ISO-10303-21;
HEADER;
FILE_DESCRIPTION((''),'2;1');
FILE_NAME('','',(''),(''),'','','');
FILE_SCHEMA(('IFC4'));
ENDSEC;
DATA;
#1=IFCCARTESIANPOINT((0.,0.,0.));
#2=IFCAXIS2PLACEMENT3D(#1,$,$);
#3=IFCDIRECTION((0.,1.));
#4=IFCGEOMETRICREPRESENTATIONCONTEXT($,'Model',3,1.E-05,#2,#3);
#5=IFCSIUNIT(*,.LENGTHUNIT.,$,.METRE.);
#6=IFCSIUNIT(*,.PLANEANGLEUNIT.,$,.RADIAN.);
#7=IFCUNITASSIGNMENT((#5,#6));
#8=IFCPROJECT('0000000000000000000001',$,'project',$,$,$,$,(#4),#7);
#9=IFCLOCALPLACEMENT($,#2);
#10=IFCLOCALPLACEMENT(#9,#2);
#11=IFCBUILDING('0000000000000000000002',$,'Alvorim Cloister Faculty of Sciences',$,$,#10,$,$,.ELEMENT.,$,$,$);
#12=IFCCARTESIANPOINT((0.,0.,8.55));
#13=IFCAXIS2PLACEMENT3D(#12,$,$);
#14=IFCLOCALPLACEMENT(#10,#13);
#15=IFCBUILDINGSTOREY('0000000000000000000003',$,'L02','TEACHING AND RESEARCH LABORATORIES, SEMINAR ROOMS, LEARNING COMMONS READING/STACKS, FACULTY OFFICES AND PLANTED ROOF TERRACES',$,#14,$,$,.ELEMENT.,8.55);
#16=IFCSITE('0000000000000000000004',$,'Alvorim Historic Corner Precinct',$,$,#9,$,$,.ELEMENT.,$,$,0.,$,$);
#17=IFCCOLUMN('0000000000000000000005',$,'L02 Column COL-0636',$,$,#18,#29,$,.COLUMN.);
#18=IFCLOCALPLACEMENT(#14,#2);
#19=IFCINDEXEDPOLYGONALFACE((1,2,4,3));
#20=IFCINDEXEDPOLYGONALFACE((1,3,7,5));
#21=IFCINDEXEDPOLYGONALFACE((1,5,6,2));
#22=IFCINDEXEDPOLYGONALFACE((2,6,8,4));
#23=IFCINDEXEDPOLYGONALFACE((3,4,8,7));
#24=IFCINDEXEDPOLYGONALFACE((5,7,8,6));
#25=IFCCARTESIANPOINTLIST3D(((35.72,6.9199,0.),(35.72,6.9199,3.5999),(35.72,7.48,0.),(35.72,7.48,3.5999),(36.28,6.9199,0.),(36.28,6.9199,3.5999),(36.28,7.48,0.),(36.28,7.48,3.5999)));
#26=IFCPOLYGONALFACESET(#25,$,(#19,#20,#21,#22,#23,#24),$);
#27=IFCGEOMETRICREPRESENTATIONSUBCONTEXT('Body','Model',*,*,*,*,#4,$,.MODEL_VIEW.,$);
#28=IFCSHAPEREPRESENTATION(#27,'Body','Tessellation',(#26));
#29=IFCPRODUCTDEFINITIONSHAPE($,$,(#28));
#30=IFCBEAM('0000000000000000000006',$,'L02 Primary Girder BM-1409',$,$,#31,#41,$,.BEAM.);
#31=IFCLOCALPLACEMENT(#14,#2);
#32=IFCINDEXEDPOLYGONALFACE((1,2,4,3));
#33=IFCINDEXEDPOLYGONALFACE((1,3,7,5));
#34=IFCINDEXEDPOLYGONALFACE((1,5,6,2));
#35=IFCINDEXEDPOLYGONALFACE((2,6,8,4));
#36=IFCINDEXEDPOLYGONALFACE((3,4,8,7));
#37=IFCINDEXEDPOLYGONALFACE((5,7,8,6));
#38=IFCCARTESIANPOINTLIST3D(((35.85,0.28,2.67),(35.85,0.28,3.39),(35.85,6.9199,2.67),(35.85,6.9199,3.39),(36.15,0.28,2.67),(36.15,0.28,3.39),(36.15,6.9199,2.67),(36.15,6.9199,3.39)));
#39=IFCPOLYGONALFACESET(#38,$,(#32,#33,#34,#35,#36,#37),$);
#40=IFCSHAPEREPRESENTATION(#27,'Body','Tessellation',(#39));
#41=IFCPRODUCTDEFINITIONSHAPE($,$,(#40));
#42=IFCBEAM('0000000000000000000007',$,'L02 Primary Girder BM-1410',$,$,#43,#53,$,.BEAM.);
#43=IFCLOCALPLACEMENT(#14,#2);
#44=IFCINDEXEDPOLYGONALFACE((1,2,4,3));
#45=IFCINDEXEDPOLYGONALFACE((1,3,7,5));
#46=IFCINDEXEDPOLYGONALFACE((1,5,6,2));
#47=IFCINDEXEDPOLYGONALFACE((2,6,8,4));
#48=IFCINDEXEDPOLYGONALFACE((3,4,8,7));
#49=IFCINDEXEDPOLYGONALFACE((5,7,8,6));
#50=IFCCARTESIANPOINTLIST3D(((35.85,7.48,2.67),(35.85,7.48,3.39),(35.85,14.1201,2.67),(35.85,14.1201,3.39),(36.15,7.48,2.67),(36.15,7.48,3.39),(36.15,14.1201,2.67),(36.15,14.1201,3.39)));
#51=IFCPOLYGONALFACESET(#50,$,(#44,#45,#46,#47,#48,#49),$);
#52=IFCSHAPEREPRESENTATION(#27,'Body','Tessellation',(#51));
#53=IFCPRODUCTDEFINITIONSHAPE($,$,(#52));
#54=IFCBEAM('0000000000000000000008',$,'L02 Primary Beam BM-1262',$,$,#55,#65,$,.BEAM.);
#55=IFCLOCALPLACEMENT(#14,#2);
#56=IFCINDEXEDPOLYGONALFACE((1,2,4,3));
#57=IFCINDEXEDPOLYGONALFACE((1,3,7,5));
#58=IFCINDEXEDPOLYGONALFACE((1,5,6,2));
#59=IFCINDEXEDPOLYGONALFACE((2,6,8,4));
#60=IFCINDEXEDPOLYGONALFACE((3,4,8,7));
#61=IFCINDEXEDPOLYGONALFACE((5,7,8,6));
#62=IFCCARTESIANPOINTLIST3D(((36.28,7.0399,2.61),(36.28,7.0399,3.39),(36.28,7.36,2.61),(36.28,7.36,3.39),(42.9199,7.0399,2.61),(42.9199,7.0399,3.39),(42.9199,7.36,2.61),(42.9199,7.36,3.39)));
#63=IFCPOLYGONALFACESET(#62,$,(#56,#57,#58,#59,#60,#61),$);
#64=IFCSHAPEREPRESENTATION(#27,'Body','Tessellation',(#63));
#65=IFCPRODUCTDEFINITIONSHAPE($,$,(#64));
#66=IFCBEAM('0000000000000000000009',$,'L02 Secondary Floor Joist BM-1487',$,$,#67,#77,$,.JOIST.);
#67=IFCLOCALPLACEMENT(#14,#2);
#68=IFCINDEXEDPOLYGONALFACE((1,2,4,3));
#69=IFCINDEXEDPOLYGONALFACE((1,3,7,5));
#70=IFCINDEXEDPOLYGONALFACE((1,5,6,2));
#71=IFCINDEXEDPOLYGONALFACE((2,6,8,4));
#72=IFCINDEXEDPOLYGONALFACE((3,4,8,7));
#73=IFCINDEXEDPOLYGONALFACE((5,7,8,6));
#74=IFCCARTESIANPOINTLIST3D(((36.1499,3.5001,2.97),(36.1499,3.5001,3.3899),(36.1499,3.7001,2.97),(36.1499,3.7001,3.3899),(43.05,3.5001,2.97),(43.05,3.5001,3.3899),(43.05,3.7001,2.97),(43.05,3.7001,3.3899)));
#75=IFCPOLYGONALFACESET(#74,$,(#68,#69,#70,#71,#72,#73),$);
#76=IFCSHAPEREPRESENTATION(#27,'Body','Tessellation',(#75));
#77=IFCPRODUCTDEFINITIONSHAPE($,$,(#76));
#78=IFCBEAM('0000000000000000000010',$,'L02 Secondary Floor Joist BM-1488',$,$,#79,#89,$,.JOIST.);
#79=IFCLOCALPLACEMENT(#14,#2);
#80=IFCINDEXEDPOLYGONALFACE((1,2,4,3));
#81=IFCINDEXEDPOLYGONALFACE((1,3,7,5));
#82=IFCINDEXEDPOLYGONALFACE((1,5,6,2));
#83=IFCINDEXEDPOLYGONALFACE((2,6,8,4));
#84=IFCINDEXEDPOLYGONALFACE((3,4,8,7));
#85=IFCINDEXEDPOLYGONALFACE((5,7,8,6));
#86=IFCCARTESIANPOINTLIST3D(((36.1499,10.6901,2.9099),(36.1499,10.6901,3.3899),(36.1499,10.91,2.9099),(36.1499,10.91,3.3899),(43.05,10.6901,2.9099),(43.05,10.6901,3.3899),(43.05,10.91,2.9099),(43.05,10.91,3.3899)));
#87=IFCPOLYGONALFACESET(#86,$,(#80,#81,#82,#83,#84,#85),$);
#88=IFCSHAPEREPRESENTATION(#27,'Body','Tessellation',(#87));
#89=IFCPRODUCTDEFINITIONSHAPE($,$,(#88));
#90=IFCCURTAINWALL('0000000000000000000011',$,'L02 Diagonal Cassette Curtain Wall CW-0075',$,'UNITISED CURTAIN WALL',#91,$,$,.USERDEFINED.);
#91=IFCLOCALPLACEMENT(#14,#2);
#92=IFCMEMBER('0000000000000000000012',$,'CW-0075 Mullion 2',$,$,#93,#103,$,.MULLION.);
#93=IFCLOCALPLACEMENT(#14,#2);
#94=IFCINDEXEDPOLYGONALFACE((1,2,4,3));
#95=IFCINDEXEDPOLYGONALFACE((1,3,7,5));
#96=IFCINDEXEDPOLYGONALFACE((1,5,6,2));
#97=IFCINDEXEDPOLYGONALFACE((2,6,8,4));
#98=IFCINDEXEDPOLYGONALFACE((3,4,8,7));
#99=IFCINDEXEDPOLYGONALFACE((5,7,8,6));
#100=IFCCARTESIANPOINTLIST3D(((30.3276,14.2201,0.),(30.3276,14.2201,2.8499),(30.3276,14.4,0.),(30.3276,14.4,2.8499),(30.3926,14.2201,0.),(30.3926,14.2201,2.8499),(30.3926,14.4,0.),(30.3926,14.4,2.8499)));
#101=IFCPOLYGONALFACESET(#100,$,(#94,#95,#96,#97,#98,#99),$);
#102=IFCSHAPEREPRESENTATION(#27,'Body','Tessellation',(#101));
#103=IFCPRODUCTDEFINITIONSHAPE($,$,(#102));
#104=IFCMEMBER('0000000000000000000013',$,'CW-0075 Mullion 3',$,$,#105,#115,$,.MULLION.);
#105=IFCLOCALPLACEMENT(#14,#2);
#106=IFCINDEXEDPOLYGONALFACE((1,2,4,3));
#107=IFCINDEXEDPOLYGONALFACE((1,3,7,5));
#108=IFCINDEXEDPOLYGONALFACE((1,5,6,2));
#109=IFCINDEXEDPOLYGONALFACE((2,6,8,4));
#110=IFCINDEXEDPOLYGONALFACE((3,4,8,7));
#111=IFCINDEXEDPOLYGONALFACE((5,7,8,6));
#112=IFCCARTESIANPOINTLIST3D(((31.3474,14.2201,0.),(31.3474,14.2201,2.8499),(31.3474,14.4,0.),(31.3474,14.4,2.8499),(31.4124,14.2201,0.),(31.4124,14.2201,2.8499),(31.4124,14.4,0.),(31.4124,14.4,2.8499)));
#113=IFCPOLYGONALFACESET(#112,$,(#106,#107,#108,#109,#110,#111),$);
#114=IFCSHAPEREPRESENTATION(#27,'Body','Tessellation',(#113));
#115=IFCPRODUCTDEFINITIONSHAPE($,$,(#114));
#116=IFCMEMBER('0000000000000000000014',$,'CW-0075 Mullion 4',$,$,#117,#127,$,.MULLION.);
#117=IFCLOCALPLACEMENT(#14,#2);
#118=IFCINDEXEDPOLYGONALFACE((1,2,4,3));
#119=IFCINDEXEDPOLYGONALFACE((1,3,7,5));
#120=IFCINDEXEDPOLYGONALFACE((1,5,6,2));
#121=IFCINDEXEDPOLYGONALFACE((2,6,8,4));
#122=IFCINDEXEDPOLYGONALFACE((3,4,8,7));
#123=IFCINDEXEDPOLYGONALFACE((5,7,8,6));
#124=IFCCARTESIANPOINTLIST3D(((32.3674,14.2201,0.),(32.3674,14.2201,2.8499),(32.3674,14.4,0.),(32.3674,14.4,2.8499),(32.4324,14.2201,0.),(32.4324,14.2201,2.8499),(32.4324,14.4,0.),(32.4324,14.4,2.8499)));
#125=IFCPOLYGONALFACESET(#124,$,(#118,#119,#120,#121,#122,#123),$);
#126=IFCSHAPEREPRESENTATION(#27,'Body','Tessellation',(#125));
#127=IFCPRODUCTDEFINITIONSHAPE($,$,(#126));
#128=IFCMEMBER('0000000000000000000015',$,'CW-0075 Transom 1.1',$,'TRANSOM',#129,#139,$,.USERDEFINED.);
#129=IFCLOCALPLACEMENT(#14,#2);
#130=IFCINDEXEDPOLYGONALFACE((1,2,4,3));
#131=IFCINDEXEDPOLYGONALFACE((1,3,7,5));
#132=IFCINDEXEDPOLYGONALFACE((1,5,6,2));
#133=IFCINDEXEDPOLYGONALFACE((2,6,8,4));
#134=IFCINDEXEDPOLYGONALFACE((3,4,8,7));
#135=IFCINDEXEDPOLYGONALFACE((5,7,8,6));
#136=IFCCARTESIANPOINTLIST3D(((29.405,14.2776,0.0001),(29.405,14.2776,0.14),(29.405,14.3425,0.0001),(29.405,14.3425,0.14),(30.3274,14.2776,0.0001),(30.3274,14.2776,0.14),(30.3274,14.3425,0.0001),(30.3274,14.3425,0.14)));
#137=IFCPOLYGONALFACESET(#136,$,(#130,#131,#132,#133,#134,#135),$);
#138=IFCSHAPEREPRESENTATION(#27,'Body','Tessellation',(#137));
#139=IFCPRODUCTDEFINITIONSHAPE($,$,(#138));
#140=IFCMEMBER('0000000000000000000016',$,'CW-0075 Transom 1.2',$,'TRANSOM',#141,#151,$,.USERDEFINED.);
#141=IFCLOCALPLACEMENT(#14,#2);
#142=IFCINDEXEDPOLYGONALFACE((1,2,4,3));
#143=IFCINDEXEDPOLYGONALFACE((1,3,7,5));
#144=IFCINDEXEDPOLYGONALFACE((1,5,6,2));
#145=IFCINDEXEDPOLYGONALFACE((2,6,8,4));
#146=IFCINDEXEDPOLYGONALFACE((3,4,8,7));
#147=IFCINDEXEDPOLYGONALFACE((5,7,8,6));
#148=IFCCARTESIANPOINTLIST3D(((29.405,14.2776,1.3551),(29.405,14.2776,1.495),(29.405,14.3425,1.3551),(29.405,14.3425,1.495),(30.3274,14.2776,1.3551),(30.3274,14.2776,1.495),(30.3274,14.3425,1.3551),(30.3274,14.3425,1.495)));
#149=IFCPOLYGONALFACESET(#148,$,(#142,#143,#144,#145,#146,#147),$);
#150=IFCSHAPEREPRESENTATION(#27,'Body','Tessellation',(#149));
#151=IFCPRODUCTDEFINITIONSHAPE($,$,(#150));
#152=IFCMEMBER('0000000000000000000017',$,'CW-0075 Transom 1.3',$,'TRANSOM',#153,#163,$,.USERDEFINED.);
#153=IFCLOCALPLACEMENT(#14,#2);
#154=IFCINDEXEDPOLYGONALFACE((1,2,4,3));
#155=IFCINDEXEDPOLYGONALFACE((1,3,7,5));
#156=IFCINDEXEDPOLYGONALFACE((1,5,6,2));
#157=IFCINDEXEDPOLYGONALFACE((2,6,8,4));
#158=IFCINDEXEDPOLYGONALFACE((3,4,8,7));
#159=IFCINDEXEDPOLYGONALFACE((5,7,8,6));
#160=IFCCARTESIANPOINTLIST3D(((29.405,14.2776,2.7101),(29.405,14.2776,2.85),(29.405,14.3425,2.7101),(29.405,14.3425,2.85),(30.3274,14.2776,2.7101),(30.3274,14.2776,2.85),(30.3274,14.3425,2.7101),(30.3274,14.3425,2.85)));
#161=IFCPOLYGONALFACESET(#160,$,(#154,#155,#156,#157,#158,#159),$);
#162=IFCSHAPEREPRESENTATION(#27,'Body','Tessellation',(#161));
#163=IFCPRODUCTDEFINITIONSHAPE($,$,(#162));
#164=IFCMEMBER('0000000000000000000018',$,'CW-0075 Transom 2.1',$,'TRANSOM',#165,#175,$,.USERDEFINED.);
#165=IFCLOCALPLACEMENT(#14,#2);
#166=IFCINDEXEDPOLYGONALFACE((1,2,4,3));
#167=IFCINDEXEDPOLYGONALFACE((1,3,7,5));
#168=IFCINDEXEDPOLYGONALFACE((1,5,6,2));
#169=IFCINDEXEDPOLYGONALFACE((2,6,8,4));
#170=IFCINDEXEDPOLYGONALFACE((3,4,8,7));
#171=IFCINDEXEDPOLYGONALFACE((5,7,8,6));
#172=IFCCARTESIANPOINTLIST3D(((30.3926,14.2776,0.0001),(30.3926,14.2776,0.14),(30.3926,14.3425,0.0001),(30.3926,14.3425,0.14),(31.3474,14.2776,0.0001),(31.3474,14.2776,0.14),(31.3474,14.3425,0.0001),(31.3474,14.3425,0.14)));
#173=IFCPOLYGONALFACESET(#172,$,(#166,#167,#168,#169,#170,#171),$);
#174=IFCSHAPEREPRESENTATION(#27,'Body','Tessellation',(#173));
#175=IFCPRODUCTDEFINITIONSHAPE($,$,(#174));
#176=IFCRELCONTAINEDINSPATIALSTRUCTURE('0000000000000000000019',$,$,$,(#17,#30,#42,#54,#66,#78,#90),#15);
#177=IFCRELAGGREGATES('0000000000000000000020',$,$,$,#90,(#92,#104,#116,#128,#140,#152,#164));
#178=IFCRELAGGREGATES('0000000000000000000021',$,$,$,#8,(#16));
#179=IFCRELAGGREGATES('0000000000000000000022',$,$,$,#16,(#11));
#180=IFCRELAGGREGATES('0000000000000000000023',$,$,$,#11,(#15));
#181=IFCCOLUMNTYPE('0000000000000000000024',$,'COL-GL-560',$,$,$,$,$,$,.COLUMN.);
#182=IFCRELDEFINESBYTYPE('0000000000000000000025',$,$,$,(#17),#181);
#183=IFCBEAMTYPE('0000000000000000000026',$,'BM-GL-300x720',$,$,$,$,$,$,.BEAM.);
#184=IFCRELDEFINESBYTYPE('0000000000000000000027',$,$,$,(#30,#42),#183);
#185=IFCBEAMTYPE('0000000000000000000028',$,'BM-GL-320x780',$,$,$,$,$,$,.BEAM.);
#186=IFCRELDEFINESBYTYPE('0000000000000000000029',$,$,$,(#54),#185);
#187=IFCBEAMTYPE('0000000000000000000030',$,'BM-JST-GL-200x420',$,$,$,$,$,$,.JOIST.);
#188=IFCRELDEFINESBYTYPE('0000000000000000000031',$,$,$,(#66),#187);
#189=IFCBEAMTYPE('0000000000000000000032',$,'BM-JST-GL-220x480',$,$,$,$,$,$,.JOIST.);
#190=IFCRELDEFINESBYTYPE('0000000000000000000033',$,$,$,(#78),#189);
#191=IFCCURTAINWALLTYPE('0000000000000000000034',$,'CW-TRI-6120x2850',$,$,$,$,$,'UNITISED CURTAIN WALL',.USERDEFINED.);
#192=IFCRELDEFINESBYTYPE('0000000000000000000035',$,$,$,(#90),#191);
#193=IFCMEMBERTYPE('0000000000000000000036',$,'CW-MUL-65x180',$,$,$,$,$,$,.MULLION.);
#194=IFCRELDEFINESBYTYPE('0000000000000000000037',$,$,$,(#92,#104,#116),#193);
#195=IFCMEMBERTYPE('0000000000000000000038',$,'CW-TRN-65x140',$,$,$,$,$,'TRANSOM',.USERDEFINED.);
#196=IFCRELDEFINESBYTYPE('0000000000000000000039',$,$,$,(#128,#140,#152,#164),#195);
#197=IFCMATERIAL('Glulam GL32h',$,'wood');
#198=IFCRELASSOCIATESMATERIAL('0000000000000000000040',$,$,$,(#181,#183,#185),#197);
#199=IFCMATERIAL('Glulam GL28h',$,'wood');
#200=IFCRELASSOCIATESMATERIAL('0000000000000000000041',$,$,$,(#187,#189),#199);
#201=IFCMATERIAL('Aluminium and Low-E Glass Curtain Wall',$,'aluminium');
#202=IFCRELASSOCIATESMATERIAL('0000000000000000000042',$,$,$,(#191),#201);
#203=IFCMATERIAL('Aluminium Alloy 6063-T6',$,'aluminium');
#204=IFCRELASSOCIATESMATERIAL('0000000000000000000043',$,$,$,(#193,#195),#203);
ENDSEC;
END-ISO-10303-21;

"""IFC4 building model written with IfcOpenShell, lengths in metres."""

from ifc_helpers import new_model, si_unit, direction, frame, origin, origin_2d, place, context, subcontext, project, spatial, rectangle, extrude, material, material_profile, profile_set, type_object, element, aggregate, save


model = new_model("IFC4")

# Units and contexts
model_context = context("Model", 3, precision=1e-05, world=origin(), true_north=direction((0.0, 1.0)))
body_context = subcontext(model_context, "Body", "Model", "MODEL_VIEW")
ifc_project = project(units=[si_unit("LENGTHUNIT", "METRE"), si_unit("PLANEANGLEUNIT", "RADIAN")], contexts=[model_context])

# Site, building, storey
site_placement = place(None, origin())
site = spatial("IfcSite", under=ifc_project, at=site_placement, Name="Alvorim Historic Corner Precinct", CompositionType="ELEMENT", RefElevation=0.0)
building_placement = place(site_placement, origin())
building = spatial("IfcBuilding", under=site, at=building_placement, Name="Alvorim Cloister Faculty of Sciences", CompositionType="ELEMENT")
storey_placement = place(building_placement, frame((0.0, 0.0, 8.55)))
storey = spatial("IfcBuildingStorey", under=building, at=storey_placement, Name="L02", Description="TEACHING AND RESEARCH LABORATORIES, SEMINAR ROOMS, LEARNING COMMONS READING/STACKS, FACULTY OFFICES AND PLANTED ROOF TERRACES", CompositionType="ELEMENT", Elevation=8.55)

# Column
ifc_material_1 = material(Name="Glulam GL32h", Category="wood")
ifc_material_profile_1 = material_profile(ifc_material_1, rectangle(XDim=0.5601, YDim=0.5601, at=origin_2d()), Name="GL32-COL-560x560")
ifc_profile_set_1 = profile_set([ifc_material_profile_1], Name="Glulam GL32h")
column_type = type_object("IfcColumnType", Name="COL-GL-560", PredefinedType="COLUMN", material=ifc_profile_set_1)
column_placement = place(storey_placement, frame((36.0, 7.2, 0.0), z_axis=(0.0, 0.0, 1.0), x_axis=(1.0, 0.0, 0.0)))
element("IfcColumn", 1, at=column_placement, inside=storey, type_object=column_type, Name="L02 Column COL-0636", PredefinedType="COLUMN", context=body_context, shape_type="SweptSolid", body=[
    extrude(rectangle(XDim=0.5601, YDim=0.5601, at=origin_2d()), origin(), (0.0, 0.0, 1.0), 3.5999),
])

# Beams
ifc_material_profile_2 = material_profile(ifc_material_1, rectangle(XDim=0.3, YDim=0.72, at=origin_2d()), Name="GL32-BM-300x720")
ifc_profile_set_2 = profile_set([ifc_material_profile_2], Name="Glulam GL32h")
beam_type_1 = type_object("IfcBeamType", Name="BM-GL-300x720", PredefinedType="BEAM", material=ifc_profile_set_2)
beam_1_placement = place(storey_placement, frame((36.0, 0.28, 3.03), z_axis=(0.0, 1.0, 0.0), x_axis=(-1.0, 0.0, 0.0)))
element("IfcBeam", 2, at=beam_1_placement, inside=storey, type_object=beam_type_1, Name="L02 Primary Girder BM-1409", PredefinedType="BEAM", context=body_context, shape_type="SweptSolid", body=[
    extrude(rectangle(XDim=0.3, YDim=0.72, at=origin_2d()), origin(), (0.0, 0.0, 1.0), 6.6399),
])
beam_2_placement = place(storey_placement, frame((36.0, 7.48, 3.03), z_axis=(0.0, 1.0, 0.0), x_axis=(-1.0, 0.0, 0.0)))
element("IfcBeam", 3, at=beam_2_placement, inside=storey, type_object=beam_type_1, Name="L02 Primary Girder BM-1410", PredefinedType="BEAM", context=body_context, shape_type="SweptSolid", body=[
    extrude(rectangle(XDim=0.3, YDim=0.72, at=origin_2d()), origin(), (0.0, 0.0, 1.0), 6.6401),
])
ifc_material_profile_3 = material_profile(ifc_material_1, rectangle(XDim=0.3201, YDim=0.78, at=origin_2d()), Name="GL32-BM-320x780")
ifc_profile_set_3 = profile_set([ifc_material_profile_3], Name="Glulam GL32h")
beam_type_2 = type_object("IfcBeamType", Name="BM-GL-320x780", PredefinedType="BEAM", material=ifc_profile_set_3)
beam_3_placement = place(storey_placement, frame((36.28, 7.2, 3.0), z_axis=(1.0, 0.0, 0.0), x_axis=(0.0, 1.0, 0.0)))
element("IfcBeam", 4, at=beam_3_placement, inside=storey, type_object=beam_type_2, Name="L02 Primary Beam BM-1262", PredefinedType="BEAM", context=body_context, shape_type="SweptSolid", body=[
    extrude(rectangle(XDim=0.3201, YDim=0.78, at=origin_2d()), origin(), (0.0, 0.0, 1.0), 6.6399),
])
ifc_material_2 = material(Name="Glulam GL28h", Category="wood")
ifc_material_profile_4 = material_profile(ifc_material_2, rectangle(XDim=0.2, YDim=0.4199, at=origin_2d()), Name="GL28-JST-200x420")
ifc_profile_set_4 = profile_set([ifc_material_profile_4], Name="Glulam GL28h")
beam_type_3 = type_object("IfcBeamType", Name="BM-JST-GL-200x420", PredefinedType="JOIST", material=ifc_profile_set_4)
beam_4_placement = place(storey_placement, frame((36.1499, 3.6001, 3.1799), z_axis=(1.0, 0.0, 0.0), x_axis=(0.0, 1.0, 0.0)))
element("IfcBeam", 5, at=beam_4_placement, inside=storey, type_object=beam_type_3, Name="L02 Secondary Floor Joist BM-1487", PredefinedType="JOIST", context=body_context, shape_type="SweptSolid", body=[
    extrude(rectangle(XDim=0.2, YDim=0.4199, at=origin_2d()), origin(), (0.0, 0.0, 1.0), 6.9001),
])
ifc_material_profile_5 = material_profile(ifc_material_2, rectangle(XDim=0.22, YDim=0.48, at=origin_2d()), Name="GL28-JST-220x480")
ifc_profile_set_5 = profile_set([ifc_material_profile_5], Name="Glulam GL28h")
beam_type_4 = type_object("IfcBeamType", Name="BM-JST-GL-220x480", PredefinedType="JOIST", material=ifc_profile_set_5)
beam_5_placement = place(storey_placement, frame((36.1499, 10.8, 3.1499), z_axis=(1.0, 0.0, 0.0), x_axis=(0.0, 1.0, 0.0)))
element("IfcBeam", 6, at=beam_5_placement, inside=storey, type_object=beam_type_4, Name="L02 Secondary Floor Joist BM-1488", PredefinedType="JOIST", context=body_context, shape_type="SweptSolid", body=[
    extrude(rectangle(XDim=0.22, YDim=0.48, at=origin_2d()), origin(), (0.0, 0.0, 1.0), 6.9001),
])

# Curtain wall, members
ifc_material_3 = material(Name="Aluminium and Low-E Glass Curtain Wall", Category="aluminium")
curtain_wall_type = type_object("IfcCurtainWallType", Name="CW-TRI-6120x2850", ElementType="UNITISED CURTAIN WALL", PredefinedType="USERDEFINED", material=ifc_material_3)
curtain_wall_placement = place(storey_placement, origin())
curtain_wall = element("IfcCurtainWall", 7, at=curtain_wall_placement, inside=storey, type_object=curtain_wall_type, Name="L02 Diagonal Cassette Curtain Wall CW-0075", ObjectType="UNITISED CURTAIN WALL", PredefinedType="USERDEFINED")
ifc_material_4 = material(Name="Aluminium Alloy 6063-T6", Category="aluminium")
ifc_material_profile_6 = material_profile(ifc_material_4, rectangle(XDim=0.0649, YDim=0.1799, at=origin_2d()), Name="ALU-MUL-65x180")
ifc_profile_set_6 = profile_set([ifc_material_profile_6], Name="Aluminium Alloy 6063-T6")
member_type_1 = type_object("IfcMemberType", Name="CW-MUL-65x180", PredefinedType="MULLION", material=ifc_profile_set_6)
member_1_placement = place(storey_placement, frame((30.3601, 14.3101, 0.0), z_axis=(0.0, 0.0, 1.0), x_axis=(1.0, 0.0, 0.0)))
member_1 = element("IfcMember", 8, at=member_1_placement, type_object=member_type_1, Name="CW-0075 Mullion 2", PredefinedType="MULLION", context=body_context, shape_type="SweptSolid", body=[
    extrude(rectangle(XDim=0.0649, YDim=0.1799, at=origin_2d()), origin(), (0.0, 0.0, 1.0), 2.8499),
])
member_2_placement = place(storey_placement, frame((31.3799, 14.3101, 0.0), z_axis=(0.0, 0.0, 1.0), x_axis=(1.0, 0.0, 0.0)))
member_2 = element("IfcMember", 9, at=member_2_placement, type_object=member_type_1, Name="CW-0075 Mullion 3", PredefinedType="MULLION", context=body_context, shape_type="SweptSolid", body=[
    extrude(rectangle(XDim=0.0649, YDim=0.1799, at=origin_2d()), origin(), (0.0, 0.0, 1.0), 2.8499),
])
member_3_placement = place(storey_placement, frame((32.3999, 14.3101, 0.0), z_axis=(0.0, 0.0, 1.0), x_axis=(1.0, 0.0, 0.0)))
member_3 = element("IfcMember", 10, at=member_3_placement, type_object=member_type_1, Name="CW-0075 Mullion 4", PredefinedType="MULLION", context=body_context, shape_type="SweptSolid", body=[
    extrude(rectangle(XDim=0.0649, YDim=0.1799, at=origin_2d()), origin(), (0.0, 0.0, 1.0), 2.8499),
])
ifc_material_profile_7 = material_profile(ifc_material_4, rectangle(XDim=0.0649, YDim=0.1399, at=origin_2d()), Name="ALU-TRN-65x140")
ifc_profile_set_7 = profile_set([ifc_material_profile_7], Name="Aluminium Alloy 6063-T6")
member_type_2 = type_object("IfcMemberType", Name="CW-TRN-65x140", ElementType="TRANSOM", PredefinedType="USERDEFINED", material=ifc_profile_set_7)
member_4_placement = place(storey_placement, frame((29.405, 14.3101, 0.0701), z_axis=(1.0, 0.0, 0.0), x_axis=(0.0, 1.0, 0.0)))
member_4 = element("IfcMember", 11, at=member_4_placement, type_object=member_type_2, Name="CW-0075 Transom 1.1", ObjectType="TRANSOM", PredefinedType="USERDEFINED", context=body_context, shape_type="SweptSolid", body=[
    extrude(rectangle(XDim=0.0649, YDim=0.1399, at=origin_2d()), origin(), (0.0, 0.0, 1.0), 0.9224),
])
member_5_placement = place(storey_placement, frame((29.405, 14.3101, 1.425), z_axis=(1.0, 0.0, 0.0), x_axis=(0.0, 1.0, 0.0)))
member_5 = element("IfcMember", 12, at=member_5_placement, type_object=member_type_2, Name="CW-0075 Transom 1.2", ObjectType="TRANSOM", PredefinedType="USERDEFINED", context=body_context, shape_type="SweptSolid", body=[
    extrude(rectangle(XDim=0.0649, YDim=0.1399, at=origin_2d()), origin(), (0.0, 0.0, 1.0), 0.9224),
])
member_6_placement = place(storey_placement, frame((29.405, 14.3101, 2.78), z_axis=(1.0, 0.0, 0.0), x_axis=(0.0, 1.0, 0.0)))
member_6 = element("IfcMember", 13, at=member_6_placement, type_object=member_type_2, Name="CW-0075 Transom 1.3", ObjectType="TRANSOM", PredefinedType="USERDEFINED", context=body_context, shape_type="SweptSolid", body=[
    extrude(rectangle(XDim=0.0649, YDim=0.1399, at=origin_2d()), origin(), (0.0, 0.0, 1.0), 0.9224),
])
member_7_placement = place(storey_placement, frame((30.3926, 14.3101, 0.0701), z_axis=(1.0, 0.0, 0.0), x_axis=(0.0, 1.0, 0.0)))
member_7 = element("IfcMember", 14, at=member_7_placement, type_object=member_type_2, Name="CW-0075 Transom 2.1", ObjectType="TRANSOM", PredefinedType="USERDEFINED", context=body_context, shape_type="SweptSolid", body=[
    extrude(rectangle(XDim=0.0649, YDim=0.1399, at=origin_2d()), origin(), (0.0, 0.0, 1.0), 0.9548),
])
aggregate(curtain_wall, [member_1, member_2, member_3, member_4, member_5, member_6, member_7])

save(model, "model.ifc")
